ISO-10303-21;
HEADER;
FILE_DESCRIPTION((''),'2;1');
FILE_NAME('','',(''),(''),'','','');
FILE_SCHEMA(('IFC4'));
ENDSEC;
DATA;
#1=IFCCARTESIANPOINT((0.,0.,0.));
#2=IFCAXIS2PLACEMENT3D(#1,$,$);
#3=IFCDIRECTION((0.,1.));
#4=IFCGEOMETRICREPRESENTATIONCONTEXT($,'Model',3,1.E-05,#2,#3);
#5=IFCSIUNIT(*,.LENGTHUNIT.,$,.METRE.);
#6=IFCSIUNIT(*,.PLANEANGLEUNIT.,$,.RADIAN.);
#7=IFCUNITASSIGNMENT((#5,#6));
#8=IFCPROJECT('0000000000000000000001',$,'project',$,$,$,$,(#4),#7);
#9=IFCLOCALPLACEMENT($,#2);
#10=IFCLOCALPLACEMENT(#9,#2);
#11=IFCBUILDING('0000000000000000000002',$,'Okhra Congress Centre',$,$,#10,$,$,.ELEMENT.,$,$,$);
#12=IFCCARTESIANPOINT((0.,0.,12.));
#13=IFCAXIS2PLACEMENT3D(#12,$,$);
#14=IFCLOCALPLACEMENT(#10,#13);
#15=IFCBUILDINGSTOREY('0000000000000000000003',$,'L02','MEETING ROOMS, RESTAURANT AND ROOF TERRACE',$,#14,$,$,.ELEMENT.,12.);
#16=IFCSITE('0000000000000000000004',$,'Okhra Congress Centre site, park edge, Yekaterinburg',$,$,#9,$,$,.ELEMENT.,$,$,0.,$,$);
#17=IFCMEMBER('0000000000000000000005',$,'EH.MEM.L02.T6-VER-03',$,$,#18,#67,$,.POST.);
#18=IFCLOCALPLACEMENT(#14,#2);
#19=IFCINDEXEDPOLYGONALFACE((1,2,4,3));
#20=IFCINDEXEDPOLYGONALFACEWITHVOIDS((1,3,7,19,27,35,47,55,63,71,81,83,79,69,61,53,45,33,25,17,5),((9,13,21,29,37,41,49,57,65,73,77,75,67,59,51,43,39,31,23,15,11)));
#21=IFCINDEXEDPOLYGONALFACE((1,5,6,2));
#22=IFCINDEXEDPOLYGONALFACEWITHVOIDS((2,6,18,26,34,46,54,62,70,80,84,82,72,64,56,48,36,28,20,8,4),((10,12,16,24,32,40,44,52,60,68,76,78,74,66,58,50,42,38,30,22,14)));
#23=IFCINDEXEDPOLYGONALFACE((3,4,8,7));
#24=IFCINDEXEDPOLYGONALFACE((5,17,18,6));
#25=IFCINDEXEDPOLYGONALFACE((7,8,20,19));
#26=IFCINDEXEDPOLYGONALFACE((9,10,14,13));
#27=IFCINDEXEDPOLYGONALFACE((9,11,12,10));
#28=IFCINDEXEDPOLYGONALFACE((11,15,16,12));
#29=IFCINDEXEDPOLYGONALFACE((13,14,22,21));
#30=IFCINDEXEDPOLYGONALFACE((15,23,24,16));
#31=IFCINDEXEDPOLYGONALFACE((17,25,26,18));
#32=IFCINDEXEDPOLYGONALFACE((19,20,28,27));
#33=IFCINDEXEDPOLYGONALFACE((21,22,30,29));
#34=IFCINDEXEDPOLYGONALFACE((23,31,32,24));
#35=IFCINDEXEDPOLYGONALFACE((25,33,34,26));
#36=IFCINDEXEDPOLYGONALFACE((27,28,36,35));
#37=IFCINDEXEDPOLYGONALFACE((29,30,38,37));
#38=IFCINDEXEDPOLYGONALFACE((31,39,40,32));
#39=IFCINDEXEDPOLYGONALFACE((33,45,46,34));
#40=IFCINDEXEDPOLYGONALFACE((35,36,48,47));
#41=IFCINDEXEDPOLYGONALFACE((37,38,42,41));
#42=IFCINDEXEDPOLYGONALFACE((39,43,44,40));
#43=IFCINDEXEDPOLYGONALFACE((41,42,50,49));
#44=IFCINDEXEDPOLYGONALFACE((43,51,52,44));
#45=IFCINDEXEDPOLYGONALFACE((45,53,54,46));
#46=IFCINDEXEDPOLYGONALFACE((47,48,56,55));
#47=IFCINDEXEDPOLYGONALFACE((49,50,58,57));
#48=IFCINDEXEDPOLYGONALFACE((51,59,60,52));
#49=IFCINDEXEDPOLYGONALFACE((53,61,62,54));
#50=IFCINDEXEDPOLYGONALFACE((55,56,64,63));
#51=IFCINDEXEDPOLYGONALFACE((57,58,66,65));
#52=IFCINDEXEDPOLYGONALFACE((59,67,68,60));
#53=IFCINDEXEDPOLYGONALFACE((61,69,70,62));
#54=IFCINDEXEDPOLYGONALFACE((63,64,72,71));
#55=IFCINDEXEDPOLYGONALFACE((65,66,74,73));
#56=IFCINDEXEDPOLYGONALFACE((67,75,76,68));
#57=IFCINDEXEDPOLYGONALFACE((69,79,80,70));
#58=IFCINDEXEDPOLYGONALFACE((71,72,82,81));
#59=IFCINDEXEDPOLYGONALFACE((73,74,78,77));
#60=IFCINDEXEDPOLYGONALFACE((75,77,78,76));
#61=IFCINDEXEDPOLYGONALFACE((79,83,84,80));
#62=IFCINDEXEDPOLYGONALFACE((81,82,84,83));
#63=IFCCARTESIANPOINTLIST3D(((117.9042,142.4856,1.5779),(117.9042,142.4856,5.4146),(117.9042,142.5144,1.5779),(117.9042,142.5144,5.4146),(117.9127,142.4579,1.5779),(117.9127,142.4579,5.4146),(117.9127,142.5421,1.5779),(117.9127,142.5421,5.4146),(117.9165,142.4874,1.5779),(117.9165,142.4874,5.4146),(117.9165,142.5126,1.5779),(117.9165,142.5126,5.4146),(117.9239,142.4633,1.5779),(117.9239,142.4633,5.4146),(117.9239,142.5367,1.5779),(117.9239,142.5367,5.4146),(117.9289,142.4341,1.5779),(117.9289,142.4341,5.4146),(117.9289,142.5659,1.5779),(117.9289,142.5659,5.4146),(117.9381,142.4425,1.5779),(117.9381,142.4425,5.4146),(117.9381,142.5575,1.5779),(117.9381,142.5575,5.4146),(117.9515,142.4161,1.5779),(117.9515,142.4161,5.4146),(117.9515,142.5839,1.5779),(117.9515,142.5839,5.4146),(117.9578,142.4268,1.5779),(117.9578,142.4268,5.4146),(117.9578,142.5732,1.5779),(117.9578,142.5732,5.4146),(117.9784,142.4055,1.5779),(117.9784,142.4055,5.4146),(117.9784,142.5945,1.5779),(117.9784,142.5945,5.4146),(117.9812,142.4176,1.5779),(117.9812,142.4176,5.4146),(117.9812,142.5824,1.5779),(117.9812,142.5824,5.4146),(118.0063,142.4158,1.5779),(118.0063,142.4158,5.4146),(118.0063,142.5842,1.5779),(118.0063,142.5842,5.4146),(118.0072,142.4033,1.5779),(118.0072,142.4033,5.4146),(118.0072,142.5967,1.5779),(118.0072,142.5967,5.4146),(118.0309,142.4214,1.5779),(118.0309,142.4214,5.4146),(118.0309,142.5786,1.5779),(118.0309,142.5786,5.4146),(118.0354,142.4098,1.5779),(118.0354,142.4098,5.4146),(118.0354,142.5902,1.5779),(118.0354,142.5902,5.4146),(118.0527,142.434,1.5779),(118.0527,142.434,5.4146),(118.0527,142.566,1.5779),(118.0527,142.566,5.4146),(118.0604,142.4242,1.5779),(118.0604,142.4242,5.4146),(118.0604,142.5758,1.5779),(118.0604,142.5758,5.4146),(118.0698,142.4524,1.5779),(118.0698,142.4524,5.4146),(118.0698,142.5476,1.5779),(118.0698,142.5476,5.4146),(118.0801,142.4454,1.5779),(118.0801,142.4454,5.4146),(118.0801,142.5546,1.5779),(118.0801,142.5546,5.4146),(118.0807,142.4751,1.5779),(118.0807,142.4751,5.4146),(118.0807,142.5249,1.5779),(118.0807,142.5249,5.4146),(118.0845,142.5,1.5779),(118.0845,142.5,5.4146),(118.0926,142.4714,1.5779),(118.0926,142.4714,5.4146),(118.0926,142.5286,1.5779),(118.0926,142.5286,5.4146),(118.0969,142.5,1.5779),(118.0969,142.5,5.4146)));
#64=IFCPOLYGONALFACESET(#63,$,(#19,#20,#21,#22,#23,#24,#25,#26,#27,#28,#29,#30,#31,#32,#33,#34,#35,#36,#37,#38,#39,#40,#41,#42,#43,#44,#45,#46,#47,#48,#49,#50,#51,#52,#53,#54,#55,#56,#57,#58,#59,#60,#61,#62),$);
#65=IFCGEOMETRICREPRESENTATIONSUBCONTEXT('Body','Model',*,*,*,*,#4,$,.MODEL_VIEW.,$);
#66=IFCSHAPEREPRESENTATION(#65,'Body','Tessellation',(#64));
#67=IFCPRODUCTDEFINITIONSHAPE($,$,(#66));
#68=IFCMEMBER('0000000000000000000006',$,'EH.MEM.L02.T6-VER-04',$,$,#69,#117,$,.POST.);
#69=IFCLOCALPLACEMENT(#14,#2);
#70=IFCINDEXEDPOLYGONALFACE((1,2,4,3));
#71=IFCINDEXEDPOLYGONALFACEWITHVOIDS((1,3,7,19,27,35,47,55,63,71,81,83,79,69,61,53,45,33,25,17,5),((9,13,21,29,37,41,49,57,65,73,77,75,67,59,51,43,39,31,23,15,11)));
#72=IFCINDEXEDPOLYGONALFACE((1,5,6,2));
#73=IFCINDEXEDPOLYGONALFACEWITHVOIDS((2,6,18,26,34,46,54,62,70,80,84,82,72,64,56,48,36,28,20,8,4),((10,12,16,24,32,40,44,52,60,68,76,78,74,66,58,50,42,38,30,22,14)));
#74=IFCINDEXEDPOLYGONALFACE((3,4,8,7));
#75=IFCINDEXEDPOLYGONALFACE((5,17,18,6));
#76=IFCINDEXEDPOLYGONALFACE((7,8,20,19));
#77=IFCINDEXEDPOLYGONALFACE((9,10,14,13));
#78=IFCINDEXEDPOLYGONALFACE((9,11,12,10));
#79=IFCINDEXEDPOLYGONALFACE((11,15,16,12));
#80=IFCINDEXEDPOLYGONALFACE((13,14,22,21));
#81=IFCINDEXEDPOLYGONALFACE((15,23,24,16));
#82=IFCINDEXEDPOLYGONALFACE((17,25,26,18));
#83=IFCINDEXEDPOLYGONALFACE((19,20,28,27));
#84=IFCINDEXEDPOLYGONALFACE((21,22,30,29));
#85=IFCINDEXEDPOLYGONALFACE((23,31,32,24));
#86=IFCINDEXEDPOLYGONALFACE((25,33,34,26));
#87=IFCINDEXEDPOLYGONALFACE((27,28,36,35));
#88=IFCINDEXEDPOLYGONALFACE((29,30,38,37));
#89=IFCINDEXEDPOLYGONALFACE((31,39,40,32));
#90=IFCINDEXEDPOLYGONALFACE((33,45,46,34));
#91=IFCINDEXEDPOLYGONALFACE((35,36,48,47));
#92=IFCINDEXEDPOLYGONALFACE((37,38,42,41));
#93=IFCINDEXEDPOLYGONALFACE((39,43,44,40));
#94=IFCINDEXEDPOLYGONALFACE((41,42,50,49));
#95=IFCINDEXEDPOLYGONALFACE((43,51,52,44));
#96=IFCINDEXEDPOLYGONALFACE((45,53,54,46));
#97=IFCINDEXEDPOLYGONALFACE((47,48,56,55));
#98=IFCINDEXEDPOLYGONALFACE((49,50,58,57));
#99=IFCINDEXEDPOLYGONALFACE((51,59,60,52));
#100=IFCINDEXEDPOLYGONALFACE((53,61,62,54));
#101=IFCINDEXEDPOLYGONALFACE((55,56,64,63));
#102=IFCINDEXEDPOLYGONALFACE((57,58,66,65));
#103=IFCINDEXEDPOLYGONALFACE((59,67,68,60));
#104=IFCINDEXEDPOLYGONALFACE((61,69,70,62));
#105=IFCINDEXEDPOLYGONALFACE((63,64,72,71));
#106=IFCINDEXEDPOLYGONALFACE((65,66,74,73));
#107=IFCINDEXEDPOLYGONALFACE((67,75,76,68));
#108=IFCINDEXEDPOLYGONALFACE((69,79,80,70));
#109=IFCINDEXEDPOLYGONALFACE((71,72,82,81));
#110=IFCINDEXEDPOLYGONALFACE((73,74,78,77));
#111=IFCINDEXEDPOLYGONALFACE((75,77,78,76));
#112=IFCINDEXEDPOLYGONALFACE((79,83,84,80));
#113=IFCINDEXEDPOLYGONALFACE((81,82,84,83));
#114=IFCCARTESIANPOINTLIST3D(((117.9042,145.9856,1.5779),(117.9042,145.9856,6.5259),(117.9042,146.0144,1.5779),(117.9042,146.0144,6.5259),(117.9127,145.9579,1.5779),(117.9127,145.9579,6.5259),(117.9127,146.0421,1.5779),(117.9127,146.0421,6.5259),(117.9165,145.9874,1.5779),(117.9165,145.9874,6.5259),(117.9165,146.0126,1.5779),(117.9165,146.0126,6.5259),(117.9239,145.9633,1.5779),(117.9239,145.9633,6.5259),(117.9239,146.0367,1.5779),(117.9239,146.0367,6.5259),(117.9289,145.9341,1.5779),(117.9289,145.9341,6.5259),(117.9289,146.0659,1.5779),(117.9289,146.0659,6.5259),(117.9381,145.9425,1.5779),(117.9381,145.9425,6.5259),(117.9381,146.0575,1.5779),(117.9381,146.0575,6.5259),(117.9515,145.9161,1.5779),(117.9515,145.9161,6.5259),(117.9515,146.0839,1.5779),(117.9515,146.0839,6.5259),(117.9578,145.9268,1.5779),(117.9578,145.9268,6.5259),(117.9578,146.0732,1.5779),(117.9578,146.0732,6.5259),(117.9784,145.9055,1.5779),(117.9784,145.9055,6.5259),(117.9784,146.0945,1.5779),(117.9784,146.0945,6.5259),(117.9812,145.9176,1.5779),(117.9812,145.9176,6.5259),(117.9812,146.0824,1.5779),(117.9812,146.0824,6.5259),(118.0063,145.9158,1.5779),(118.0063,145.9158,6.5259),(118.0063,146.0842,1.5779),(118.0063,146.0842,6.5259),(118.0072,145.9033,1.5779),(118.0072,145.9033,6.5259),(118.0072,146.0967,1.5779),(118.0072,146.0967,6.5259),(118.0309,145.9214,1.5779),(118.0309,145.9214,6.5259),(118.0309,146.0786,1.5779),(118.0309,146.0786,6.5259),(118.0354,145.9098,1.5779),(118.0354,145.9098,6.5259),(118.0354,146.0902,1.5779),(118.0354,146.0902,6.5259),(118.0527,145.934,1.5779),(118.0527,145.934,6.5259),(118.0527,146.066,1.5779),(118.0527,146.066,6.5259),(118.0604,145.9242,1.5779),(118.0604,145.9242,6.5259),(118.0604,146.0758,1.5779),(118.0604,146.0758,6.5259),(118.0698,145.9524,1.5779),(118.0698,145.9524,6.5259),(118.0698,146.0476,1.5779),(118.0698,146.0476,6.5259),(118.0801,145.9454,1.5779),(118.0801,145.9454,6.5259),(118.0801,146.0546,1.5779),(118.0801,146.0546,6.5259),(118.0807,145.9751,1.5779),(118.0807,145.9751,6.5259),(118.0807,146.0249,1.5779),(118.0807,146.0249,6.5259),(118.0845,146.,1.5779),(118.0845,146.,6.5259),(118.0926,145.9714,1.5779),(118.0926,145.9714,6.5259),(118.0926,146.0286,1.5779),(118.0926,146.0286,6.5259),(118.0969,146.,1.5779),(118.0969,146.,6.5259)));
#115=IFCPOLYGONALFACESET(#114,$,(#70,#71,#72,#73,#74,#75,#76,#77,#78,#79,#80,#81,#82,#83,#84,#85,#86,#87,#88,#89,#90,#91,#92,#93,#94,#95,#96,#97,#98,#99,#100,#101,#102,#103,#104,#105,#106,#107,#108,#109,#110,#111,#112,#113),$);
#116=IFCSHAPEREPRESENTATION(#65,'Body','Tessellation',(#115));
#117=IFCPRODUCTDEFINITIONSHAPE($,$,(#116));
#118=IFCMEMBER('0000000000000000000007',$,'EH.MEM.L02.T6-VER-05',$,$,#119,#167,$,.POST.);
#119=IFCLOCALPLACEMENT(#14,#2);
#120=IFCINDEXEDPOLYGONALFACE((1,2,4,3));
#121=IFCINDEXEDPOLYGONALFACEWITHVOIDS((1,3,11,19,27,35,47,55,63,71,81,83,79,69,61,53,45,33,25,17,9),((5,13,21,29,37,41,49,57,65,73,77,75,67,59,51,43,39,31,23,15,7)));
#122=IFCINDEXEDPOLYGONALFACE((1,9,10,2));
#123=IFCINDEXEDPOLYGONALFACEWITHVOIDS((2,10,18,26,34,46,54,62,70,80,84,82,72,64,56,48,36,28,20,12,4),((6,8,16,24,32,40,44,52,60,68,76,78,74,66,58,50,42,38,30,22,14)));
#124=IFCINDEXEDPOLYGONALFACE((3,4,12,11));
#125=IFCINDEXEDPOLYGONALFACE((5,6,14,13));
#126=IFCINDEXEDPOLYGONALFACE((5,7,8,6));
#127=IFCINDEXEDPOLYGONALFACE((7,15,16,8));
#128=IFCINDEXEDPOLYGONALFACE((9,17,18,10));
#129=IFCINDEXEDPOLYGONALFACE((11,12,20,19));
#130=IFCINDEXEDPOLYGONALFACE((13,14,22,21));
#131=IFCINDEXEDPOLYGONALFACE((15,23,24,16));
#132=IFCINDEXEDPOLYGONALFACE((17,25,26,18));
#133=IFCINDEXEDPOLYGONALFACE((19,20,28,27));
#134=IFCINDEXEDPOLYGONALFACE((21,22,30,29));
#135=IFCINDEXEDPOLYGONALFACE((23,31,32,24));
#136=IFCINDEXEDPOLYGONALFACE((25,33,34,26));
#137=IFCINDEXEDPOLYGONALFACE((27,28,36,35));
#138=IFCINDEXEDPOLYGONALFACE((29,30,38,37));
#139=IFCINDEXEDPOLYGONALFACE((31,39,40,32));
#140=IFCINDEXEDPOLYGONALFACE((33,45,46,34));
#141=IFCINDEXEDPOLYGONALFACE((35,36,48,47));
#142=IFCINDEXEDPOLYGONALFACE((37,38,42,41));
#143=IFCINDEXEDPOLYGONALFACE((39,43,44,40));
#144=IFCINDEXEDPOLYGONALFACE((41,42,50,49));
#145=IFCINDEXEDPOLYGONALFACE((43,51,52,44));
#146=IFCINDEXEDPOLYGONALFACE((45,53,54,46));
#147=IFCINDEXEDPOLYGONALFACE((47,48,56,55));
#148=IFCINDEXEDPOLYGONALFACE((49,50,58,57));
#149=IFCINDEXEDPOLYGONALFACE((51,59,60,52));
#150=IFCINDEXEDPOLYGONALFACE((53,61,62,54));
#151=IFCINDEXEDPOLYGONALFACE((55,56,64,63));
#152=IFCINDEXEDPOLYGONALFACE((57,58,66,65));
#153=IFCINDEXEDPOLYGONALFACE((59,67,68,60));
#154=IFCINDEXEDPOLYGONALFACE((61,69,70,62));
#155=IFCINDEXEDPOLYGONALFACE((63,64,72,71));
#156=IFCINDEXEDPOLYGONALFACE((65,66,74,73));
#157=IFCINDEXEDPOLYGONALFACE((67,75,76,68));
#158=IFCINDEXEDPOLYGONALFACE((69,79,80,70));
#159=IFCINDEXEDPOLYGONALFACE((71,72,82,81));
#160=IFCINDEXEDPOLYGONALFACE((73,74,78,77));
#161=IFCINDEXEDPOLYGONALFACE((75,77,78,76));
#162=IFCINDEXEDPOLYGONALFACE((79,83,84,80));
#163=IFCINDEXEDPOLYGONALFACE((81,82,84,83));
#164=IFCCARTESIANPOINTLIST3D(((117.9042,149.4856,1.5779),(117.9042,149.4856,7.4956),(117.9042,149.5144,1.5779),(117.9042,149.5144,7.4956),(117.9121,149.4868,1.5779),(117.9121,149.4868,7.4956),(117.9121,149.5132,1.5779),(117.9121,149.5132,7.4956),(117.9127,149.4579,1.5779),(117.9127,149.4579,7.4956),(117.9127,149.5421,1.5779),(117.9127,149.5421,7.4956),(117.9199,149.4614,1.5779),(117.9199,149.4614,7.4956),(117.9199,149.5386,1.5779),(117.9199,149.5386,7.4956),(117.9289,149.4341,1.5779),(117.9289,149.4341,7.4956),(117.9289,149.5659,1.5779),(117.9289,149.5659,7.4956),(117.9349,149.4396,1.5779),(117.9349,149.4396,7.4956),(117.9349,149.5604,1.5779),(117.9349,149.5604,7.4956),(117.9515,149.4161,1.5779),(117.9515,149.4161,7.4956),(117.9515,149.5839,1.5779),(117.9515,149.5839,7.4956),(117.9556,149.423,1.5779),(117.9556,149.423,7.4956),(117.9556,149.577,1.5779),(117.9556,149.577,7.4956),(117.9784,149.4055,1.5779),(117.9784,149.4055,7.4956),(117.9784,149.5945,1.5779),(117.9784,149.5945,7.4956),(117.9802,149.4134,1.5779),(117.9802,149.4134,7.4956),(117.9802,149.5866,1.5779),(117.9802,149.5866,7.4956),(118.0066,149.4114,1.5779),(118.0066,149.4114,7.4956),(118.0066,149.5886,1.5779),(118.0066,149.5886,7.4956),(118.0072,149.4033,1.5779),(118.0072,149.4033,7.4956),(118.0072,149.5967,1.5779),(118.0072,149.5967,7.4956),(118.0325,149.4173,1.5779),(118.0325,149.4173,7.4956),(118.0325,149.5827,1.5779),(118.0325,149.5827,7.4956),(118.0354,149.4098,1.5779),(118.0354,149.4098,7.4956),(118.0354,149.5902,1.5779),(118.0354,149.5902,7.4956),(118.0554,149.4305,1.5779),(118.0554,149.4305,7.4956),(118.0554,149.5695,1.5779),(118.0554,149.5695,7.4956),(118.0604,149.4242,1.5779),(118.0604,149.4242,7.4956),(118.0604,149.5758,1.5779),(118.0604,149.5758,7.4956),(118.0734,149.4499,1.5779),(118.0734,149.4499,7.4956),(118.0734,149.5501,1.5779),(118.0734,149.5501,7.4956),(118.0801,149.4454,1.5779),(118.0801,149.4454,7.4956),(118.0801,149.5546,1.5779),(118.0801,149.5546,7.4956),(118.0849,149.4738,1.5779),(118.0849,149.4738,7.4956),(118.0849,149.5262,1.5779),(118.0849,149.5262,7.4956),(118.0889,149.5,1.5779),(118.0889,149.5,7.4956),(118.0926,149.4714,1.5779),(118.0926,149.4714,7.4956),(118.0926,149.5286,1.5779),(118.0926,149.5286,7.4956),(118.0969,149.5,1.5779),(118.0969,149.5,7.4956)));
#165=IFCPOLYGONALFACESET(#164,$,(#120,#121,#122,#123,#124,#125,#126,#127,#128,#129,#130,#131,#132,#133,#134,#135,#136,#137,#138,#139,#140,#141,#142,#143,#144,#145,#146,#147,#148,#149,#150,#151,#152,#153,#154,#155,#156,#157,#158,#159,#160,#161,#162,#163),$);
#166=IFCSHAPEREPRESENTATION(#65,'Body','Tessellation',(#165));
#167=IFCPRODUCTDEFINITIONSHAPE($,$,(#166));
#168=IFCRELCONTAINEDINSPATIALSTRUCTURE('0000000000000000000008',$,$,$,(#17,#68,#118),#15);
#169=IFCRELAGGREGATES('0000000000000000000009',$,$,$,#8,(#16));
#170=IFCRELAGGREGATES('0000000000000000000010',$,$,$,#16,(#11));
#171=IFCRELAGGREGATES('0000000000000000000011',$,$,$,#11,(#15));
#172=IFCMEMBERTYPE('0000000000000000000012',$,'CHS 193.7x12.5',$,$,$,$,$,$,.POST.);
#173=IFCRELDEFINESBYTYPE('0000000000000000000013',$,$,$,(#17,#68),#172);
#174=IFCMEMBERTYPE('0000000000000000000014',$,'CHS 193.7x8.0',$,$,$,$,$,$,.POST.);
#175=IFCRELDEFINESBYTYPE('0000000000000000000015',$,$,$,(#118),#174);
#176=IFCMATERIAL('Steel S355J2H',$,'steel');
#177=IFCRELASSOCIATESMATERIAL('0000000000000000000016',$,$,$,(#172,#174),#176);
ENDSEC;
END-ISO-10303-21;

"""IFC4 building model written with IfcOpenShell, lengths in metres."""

from ifc_helpers import new_model, si_unit, direction, frame, origin, origin_2d, place, context, subcontext, project, spatial, hollow_circle, extrude, material, material_profile, profile_set, type_object, element, save


model = new_model("IFC4")

# Units and contexts
model_context = context("Model", 3, precision=1e-05, world=origin(), true_north=direction((0.0, 1.0)))
body_context = subcontext(model_context, "Body", "Model", "MODEL_VIEW")
ifc_project = project(units=[si_unit("LENGTHUNIT", "METRE"), si_unit("PLANEANGLEUNIT", "RADIAN")], contexts=[model_context])

# Site, building, storey
site_placement = place(None, origin())
site = spatial("IfcSite", under=ifc_project, at=site_placement, Name="Okhra Congress Centre site, park edge, Yekaterinburg", CompositionType="ELEMENT", RefElevation=0.0)
building_placement = place(site_placement, origin())
building = spatial("IfcBuilding", under=site, at=building_placement, Name="Okhra Congress Centre", CompositionType="ELEMENT")
storey_placement = place(building_placement, frame((0.0, 0.0, 12.0)))
storey = spatial("IfcBuildingStorey", under=building, at=storey_placement, Name="L02", Description="MEETING ROOMS, RESTAURANT AND ROOF TERRACE", CompositionType="ELEMENT", Elevation=12.0)

# Members
ifc_material_1 = material(Name="Steel S355J2H", Category="steel")
ifc_material_profile_1 = material_profile(ifc_material_1, hollow_circle(Radius=0.0969, WallThickness=0.0125, at=origin_2d()), Name="CHS 193.7x12.5")
ifc_profile_set_1 = profile_set([ifc_material_profile_1], Name="Steel S355J2H")
member_type_1 = type_object("IfcMemberType", Name="CHS 193.7x12.5", PredefinedType="POST", material=ifc_profile_set_1)
member_1_placement = place(storey_placement, frame((118.0, 142.5, 1.5779), z_axis=(0.0, 0.0, 1.0), x_axis=(1.0, 0.0, 0.0)))
element("IfcMember", 1, at=member_1_placement, inside=storey, type_object=member_type_1, Name="EH.MEM.L02.T6-VER-03", PredefinedType="POST", context=body_context, shape_type="SweptSolid", body=[
    extrude(hollow_circle(Radius=0.0969, WallThickness=0.0125, at=origin_2d()), origin(), (0.0, 0.0, 1.0), 3.8367),
])
member_2_placement = place(storey_placement, frame((118.0, 146.0, 1.5779), z_axis=(0.0, 0.0, 1.0), x_axis=(1.0, 0.0, 0.0)))
element("IfcMember", 2, at=member_2_placement, inside=storey, type_object=member_type_1, Name="EH.MEM.L02.T6-VER-04", PredefinedType="POST", context=body_context, shape_type="SweptSolid", body=[
    extrude(hollow_circle(Radius=0.0969, WallThickness=0.0125, at=origin_2d()), origin(), (0.0, 0.0, 1.0), 4.948),
])
ifc_material_profile_2 = material_profile(ifc_material_1, hollow_circle(Radius=0.0969, WallThickness=0.0081, at=origin_2d()), Name="CHS 193.7x8.0")
ifc_profile_set_2 = profile_set([ifc_material_profile_2], Name="Steel S355J2H")
member_type_2 = type_object("IfcMemberType", Name="CHS 193.7x8.0", PredefinedType="POST", material=ifc_profile_set_2)
member_3_placement = place(storey_placement, frame((118.0, 149.5, 1.5779), z_axis=(0.0, 0.0, 1.0), x_axis=(1.0, 0.0, 0.0)))
element("IfcMember", 3, at=member_3_placement, inside=storey, type_object=member_type_2, Name="EH.MEM.L02.T6-VER-05", PredefinedType="POST", context=body_context, shape_type="SweptSolid", body=[
    extrude(hollow_circle(Radius=0.0969, WallThickness=0.0081, at=origin_2d()), origin(), (0.0, 0.0, 1.0), 5.9177),
])

save(model, "model.ifc")
